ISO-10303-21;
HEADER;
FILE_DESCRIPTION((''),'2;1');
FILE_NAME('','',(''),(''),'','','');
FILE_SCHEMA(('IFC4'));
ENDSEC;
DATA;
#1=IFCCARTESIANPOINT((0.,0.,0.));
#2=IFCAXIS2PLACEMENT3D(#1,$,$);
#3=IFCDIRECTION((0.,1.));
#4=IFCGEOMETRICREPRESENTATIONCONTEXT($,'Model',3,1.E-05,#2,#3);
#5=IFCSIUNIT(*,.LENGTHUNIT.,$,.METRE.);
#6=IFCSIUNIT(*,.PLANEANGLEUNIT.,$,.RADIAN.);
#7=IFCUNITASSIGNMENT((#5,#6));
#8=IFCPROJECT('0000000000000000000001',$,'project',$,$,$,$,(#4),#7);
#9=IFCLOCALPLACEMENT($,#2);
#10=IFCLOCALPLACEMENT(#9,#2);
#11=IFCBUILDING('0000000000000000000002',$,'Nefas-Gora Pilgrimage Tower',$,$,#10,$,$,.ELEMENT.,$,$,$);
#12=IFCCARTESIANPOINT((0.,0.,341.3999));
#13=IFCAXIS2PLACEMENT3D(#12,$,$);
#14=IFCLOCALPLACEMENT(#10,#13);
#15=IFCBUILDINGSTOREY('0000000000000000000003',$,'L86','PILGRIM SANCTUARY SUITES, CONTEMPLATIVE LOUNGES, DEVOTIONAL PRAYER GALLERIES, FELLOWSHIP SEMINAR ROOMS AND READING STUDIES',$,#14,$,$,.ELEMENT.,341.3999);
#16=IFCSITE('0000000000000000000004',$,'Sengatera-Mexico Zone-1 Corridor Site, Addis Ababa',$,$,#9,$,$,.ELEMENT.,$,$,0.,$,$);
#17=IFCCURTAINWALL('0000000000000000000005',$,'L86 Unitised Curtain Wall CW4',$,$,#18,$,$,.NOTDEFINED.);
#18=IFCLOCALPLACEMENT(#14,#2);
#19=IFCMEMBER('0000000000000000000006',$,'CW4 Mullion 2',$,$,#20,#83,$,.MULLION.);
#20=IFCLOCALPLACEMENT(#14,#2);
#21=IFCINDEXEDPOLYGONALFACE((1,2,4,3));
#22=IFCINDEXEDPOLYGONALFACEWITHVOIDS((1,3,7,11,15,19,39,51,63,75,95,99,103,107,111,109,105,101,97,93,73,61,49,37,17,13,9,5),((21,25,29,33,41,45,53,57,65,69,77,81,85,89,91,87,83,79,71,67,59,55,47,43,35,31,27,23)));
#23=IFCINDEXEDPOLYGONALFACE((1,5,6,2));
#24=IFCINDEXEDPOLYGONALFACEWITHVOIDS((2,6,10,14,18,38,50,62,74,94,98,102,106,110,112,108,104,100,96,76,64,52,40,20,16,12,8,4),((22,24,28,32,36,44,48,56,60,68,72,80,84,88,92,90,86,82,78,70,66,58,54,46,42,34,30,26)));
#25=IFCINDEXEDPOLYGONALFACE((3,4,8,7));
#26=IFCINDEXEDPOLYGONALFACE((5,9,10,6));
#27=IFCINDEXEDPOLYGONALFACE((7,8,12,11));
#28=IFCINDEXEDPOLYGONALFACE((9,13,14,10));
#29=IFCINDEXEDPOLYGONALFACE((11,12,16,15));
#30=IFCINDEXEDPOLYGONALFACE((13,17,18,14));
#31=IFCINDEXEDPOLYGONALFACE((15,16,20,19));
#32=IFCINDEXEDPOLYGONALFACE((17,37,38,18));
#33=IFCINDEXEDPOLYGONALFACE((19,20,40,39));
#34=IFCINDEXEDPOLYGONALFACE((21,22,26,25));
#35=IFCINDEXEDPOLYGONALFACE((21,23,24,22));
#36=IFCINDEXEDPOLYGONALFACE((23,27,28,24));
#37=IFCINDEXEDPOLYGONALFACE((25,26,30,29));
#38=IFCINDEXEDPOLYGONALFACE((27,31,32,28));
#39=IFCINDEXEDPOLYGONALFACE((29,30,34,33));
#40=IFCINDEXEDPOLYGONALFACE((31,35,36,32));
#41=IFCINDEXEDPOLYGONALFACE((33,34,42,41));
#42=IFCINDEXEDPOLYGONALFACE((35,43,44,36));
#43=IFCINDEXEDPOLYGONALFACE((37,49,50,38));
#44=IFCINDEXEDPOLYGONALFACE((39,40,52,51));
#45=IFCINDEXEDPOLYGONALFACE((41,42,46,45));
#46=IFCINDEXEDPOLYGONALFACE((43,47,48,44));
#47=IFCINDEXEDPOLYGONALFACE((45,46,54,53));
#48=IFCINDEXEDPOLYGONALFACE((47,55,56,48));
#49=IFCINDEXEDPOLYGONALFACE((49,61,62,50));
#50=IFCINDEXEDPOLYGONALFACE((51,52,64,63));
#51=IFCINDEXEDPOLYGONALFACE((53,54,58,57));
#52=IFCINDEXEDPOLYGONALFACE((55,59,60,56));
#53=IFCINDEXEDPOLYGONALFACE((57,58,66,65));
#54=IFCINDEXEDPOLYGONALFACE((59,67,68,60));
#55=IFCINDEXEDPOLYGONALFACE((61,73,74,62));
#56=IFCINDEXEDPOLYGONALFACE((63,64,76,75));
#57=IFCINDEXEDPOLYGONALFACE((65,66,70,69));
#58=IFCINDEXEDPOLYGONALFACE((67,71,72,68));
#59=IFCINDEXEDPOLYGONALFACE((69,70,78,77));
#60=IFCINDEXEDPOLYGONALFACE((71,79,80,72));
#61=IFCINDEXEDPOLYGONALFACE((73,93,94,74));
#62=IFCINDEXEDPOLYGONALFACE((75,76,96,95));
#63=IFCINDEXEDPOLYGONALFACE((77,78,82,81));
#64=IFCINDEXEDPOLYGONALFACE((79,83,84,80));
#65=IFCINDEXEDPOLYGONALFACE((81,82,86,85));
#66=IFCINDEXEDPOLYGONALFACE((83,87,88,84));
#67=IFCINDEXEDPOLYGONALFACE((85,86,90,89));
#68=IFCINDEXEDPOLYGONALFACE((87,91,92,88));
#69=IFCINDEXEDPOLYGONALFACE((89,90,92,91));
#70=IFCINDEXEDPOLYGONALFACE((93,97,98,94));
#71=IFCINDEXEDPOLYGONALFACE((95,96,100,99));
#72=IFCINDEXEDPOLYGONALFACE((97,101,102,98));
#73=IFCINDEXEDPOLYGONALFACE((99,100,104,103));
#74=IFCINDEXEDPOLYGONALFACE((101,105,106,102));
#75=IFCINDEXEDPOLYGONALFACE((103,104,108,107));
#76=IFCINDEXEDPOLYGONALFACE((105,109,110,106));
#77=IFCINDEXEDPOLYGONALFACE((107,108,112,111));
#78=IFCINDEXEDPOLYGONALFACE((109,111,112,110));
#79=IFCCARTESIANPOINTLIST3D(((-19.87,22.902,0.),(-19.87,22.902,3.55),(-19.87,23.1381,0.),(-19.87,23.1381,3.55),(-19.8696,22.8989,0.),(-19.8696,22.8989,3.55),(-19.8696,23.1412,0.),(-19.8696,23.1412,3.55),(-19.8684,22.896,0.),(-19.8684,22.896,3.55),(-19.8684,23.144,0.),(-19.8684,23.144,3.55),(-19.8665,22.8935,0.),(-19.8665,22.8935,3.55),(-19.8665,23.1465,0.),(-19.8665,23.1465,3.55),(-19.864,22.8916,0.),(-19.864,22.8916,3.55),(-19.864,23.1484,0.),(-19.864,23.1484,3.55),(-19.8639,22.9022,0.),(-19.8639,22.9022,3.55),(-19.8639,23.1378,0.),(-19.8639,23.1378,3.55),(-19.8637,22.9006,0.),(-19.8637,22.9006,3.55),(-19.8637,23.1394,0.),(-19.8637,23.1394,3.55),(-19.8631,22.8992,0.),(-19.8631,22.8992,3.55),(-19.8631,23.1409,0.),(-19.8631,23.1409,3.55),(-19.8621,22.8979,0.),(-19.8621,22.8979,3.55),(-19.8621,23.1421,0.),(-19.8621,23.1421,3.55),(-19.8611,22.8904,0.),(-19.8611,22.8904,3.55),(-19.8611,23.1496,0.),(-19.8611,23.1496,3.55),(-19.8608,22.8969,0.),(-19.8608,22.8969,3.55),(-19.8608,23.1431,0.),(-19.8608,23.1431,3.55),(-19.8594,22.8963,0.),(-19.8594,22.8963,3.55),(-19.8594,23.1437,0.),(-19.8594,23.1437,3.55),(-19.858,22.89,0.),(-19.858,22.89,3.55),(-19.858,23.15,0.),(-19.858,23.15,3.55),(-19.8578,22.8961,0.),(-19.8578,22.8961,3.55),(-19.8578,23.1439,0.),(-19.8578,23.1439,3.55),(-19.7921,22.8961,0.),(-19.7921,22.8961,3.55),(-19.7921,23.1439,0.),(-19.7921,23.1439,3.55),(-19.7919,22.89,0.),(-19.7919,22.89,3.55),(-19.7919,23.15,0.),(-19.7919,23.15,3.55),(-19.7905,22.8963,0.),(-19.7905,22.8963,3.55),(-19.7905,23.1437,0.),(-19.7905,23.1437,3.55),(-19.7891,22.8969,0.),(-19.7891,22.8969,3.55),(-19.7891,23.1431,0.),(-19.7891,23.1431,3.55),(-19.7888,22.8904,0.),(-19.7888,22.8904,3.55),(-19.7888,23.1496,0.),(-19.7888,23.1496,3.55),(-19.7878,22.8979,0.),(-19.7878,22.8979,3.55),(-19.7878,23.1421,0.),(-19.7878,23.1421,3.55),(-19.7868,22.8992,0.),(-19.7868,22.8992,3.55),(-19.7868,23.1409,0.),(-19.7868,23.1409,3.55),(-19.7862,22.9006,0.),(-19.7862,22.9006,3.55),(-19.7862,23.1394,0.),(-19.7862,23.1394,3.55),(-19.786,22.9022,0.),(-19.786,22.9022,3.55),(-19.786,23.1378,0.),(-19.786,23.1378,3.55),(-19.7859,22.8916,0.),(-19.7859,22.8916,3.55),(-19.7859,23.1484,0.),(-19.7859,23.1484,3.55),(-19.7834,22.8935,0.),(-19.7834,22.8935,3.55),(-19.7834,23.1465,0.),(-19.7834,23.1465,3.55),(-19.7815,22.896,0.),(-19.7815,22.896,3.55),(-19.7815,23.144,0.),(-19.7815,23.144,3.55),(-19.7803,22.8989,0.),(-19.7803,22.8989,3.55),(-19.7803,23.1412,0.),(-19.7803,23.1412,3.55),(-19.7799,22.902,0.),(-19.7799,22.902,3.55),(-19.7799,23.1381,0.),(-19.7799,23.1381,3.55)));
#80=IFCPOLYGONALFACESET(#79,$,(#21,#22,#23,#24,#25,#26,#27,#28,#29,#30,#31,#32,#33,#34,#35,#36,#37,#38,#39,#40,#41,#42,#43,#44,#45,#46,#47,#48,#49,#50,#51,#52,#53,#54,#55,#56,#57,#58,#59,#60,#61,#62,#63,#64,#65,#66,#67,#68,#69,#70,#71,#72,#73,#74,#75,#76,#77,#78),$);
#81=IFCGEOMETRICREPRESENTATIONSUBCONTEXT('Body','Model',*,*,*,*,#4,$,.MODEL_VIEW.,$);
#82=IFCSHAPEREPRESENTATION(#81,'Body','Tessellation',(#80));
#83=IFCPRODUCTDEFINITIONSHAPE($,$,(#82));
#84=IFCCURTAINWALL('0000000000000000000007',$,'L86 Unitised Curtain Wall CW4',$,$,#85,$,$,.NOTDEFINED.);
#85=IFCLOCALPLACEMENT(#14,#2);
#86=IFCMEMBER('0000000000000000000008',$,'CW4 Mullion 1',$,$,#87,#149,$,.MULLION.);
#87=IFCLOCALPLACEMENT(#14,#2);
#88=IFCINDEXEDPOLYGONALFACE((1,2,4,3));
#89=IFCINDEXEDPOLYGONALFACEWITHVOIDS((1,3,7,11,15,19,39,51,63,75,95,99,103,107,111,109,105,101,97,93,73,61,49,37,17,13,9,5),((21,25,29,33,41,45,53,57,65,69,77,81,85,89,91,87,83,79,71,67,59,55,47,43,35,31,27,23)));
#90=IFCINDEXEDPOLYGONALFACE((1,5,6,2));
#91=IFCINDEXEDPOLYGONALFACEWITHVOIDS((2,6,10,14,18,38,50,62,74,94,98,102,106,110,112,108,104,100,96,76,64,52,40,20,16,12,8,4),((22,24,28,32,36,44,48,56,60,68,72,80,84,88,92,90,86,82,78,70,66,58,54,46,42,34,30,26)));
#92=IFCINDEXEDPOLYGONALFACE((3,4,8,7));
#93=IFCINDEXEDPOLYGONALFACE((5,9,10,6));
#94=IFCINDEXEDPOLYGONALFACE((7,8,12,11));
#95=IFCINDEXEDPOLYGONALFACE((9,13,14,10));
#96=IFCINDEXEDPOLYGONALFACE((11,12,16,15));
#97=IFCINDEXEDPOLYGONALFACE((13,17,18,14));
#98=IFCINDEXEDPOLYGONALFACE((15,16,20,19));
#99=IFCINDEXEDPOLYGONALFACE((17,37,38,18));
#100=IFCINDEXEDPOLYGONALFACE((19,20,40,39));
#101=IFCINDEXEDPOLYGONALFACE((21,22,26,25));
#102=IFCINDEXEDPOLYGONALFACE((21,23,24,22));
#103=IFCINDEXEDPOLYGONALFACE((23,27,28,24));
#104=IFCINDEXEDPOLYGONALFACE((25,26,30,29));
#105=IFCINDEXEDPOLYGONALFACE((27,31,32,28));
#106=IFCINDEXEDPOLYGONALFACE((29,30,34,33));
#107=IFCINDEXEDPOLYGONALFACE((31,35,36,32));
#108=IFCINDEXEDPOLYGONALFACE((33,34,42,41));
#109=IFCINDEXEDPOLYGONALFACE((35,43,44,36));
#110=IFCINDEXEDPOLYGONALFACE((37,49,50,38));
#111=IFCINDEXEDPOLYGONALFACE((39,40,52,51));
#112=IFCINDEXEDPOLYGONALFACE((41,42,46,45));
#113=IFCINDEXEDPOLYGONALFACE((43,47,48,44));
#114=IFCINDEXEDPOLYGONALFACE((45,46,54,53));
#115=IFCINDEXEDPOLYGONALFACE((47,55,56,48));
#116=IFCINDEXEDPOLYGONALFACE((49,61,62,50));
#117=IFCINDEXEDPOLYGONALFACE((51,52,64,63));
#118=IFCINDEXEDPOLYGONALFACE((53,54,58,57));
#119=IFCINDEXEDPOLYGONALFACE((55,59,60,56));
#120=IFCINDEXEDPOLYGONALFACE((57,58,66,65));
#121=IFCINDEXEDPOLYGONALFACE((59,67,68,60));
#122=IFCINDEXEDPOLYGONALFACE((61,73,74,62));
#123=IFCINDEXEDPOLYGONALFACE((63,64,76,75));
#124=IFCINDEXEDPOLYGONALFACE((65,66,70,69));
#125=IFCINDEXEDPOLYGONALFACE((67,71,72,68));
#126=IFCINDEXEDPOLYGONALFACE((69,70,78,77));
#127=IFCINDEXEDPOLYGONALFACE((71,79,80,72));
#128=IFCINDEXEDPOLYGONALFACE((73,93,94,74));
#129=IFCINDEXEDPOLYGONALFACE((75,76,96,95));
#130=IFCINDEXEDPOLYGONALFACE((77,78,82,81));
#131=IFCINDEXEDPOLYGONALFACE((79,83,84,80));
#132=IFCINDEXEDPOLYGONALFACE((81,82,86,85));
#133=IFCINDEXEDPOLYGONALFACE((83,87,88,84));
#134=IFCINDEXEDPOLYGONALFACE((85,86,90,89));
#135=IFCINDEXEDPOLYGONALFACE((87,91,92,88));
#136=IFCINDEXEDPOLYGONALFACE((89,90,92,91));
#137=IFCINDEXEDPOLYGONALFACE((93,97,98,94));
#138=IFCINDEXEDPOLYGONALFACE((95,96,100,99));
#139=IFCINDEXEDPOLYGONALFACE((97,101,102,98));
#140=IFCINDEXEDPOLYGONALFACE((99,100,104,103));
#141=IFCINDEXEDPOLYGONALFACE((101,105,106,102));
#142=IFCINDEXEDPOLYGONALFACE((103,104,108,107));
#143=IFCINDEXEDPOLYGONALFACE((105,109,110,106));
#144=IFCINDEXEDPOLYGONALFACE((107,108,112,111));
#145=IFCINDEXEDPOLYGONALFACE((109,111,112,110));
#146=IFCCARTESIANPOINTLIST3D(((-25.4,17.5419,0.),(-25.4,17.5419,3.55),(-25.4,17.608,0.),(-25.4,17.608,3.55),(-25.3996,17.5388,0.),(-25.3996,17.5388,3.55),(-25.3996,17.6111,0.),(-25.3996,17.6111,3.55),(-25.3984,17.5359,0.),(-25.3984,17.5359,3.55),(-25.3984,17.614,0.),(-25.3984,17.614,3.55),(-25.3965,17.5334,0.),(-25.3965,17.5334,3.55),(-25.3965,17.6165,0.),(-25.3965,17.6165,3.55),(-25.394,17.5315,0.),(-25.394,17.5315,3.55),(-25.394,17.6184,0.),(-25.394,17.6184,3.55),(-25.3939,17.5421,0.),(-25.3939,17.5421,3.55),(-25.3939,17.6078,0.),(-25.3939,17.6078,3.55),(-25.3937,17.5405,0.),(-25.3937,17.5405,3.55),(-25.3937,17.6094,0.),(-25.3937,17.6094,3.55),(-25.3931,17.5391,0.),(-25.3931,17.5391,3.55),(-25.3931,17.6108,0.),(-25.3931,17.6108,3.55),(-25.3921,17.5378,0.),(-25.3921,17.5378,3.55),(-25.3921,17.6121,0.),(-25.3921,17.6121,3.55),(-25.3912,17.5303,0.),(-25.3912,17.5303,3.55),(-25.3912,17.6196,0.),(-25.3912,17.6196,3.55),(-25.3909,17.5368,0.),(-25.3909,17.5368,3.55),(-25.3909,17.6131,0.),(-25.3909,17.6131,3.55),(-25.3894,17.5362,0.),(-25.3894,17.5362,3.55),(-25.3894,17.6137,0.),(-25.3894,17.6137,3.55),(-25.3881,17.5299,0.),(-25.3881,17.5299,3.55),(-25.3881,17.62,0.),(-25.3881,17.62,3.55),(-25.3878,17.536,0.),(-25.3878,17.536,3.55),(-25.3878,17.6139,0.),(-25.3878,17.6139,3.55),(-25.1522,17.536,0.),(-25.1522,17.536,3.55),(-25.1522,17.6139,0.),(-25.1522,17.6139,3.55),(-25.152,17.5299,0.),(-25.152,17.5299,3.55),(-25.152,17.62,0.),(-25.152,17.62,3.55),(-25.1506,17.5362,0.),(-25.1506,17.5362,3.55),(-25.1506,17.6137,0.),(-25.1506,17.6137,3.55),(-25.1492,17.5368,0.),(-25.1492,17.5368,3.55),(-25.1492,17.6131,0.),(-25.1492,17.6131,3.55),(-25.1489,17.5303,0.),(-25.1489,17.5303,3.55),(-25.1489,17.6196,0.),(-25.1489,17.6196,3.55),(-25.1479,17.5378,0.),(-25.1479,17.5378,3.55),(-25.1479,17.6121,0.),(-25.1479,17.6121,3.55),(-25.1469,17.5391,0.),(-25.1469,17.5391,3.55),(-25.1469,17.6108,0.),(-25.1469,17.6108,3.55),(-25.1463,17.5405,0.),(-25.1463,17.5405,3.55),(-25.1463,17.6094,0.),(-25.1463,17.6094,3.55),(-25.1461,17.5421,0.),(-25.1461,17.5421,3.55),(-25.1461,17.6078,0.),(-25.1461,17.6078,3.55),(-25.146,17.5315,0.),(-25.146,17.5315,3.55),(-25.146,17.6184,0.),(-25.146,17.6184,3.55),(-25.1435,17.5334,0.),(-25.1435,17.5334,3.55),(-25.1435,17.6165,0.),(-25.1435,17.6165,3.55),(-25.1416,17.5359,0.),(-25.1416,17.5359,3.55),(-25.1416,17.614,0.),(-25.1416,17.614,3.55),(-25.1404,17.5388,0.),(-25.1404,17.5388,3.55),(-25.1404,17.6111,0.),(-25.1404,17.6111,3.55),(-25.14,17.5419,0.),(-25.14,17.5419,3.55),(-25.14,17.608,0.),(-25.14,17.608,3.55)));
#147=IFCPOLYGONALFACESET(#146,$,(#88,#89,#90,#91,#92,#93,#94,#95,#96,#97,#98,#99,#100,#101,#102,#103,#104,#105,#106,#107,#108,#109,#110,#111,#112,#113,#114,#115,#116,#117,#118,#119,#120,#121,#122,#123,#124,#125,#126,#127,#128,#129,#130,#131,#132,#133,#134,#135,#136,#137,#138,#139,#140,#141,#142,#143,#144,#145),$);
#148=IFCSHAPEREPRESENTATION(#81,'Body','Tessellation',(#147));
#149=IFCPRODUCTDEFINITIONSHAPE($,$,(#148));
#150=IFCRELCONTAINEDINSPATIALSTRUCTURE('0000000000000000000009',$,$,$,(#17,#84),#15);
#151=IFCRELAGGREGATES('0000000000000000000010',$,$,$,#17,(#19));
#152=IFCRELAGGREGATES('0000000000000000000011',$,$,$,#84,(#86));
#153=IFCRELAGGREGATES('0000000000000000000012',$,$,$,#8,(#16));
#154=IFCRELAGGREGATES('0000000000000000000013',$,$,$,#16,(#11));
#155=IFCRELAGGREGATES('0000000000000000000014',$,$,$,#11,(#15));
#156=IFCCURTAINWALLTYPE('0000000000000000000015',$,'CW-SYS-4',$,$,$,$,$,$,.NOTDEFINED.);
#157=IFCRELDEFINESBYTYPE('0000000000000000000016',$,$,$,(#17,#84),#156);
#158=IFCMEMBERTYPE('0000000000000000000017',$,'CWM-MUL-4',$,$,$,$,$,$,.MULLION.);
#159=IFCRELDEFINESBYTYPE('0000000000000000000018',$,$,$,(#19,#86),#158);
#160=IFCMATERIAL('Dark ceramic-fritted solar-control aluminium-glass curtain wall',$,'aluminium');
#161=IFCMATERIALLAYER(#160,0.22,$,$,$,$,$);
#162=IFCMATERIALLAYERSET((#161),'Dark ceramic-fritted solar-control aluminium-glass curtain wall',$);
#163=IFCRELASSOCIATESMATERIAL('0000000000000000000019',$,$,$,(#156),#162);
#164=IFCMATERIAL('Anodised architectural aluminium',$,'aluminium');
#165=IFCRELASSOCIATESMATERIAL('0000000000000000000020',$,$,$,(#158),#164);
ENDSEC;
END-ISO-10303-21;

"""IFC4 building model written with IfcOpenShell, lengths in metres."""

from ifc_helpers import new_model, si_unit, direction, frame, origin, origin_2d, place, context, subcontext, project, spatial, hollow_rectangle, extrude, source, transform, mapped, material, layer, layer_set, material_profile, profile_set, type_object, element, aggregate, save


model = new_model("IFC4")

# Units and contexts
model_context = context("Model", 3, precision=1e-05, world=origin(), true_north=direction((0.0, 1.0)))
body_context = subcontext(model_context, "Body", "Model", "MODEL_VIEW")
ifc_project = project(units=[si_unit("LENGTHUNIT", "METRE"), si_unit("PLANEANGLEUNIT", "RADIAN")], contexts=[model_context])

# Site, building, storey
site_placement = place(None, origin())
site = spatial("IfcSite", under=ifc_project, at=site_placement, Name="Sengatera-Mexico Zone-1 Corridor Site, Addis Ababa", CompositionType="ELEMENT", RefElevation=0.0)
building_placement = place(site_placement, origin())
building = spatial("IfcBuilding", under=site, at=building_placement, Name="Nefas-Gora Pilgrimage Tower", CompositionType="ELEMENT")
storey_placement = place(building_placement, frame((0.0, 0.0, 341.3999)))
storey = spatial("IfcBuildingStorey", under=building, at=storey_placement, Name="L86", Description="PILGRIM SANCTUARY SUITES, CONTEMPLATIVE LOUNGES, DEVOTIONAL PRAYER GALLERIES, FELLOWSHIP SEMINAR ROOMS AND READING STUDIES", CompositionType="ELEMENT", Elevation=341.3999)

# Curtain wall, member
ifc_material_1 = material(Name="Dark ceramic-fritted solar-control aluminium-glass curtain wall", Category="aluminium")
ifc_layer_1 = layer(ifc_material_1, 0.22)
ifc_layer_set_1 = layer_set([ifc_layer_1], Name="Dark ceramic-fritted solar-control aluminium-glass curtain wall")
curtain_wall_type = type_object("IfcCurtainWallType", Name="CW-SYS-4", PredefinedType="NOTDEFINED", material=ifc_layer_set_1)
curtain_wall_1_placement = place(storey_placement, origin())
curtain_wall_1 = element("IfcCurtainWall", 1, at=curtain_wall_1_placement, inside=storey, type_object=curtain_wall_type, Name="L86 Unitised Curtain Wall CW4", PredefinedType="NOTDEFINED")
ifc_material_2 = material(Name="Anodised architectural aluminium", Category="aluminium")
ifc_material_profile_1 = material_profile(ifc_material_2, hollow_rectangle(XDim=0.0901, YDim=0.26, WallThickness=0.0061, InnerFilletRadius=0.0061, OuterFilletRadius=0.012, at=origin_2d()), Name="ALU MULLION 90x260")
ifc_profile_set_1 = profile_set([ifc_material_profile_1], Name="Anodised architectural aluminium")
member_type_1 = type_object("IfcMemberType", Name="CWM-MUL-4", PredefinedType="MULLION", material=ifc_profile_set_1)
shared_shape_1 = source(origin(), body_context, "Body", "SweptSolid", [
    extrude(hollow_rectangle(XDim=0.0901, YDim=0.26, WallThickness=0.0061, InnerFilletRadius=0.0061, OuterFilletRadius=0.012, at=origin_2d()), origin(), (0.0, 0.0, 1.0), 3.55),
])
member_1_placement = place(storey_placement, frame((-19.825, 23.02, 0.0), z_axis=(0.0, 0.0, 1.0), x_axis=(-1.0, 0.0, 0.0)))
member_1 = element("IfcMember", 2, at=member_1_placement, type_object=member_type_1, Name="CW4 Mullion 2", PredefinedType="MULLION", context=body_context, shape_type="MappedRepresentation", body=[
    mapped(shared_shape_1, transform((0.0, 0.0, 0.0), x_axis=(1.0, 0.0, 0.0), y_axis=(0.0, 1.0, 0.0), z_axis=(0.0, 0.0, 1.0), scale=1.0)),
])
aggregate(curtain_wall_1, [member_1])

# Curtain wall, member
curtain_wall_2_placement = place(storey_placement, origin())
curtain_wall_2 = element("IfcCurtainWall", 3, at=curtain_wall_2_placement, inside=storey, type_object=curtain_wall_type, Name="L86 Unitised Curtain Wall CW4", PredefinedType="NOTDEFINED")
member_2_placement = place(storey_placement, frame((-25.27, 17.575, 0.0), z_axis=(0.0, 0.0, 1.0), x_axis=(0.0, -1.0, 0.0)))
member_2 = element("IfcMember", 4, at=member_2_placement, type_object=member_type_1, Name="CW4 Mullion 1", PredefinedType="MULLION", context=body_context, shape_type="MappedRepresentation", body=[
    mapped(shared_shape_1, transform((0.0, 0.0, 0.0), x_axis=(1.0, 0.0, 0.0), y_axis=(0.0, 1.0, 0.0), z_axis=(0.0, 0.0, 1.0), scale=1.0)),
])
aggregate(curtain_wall_2, [member_2])

save(model, "model.ifc")
